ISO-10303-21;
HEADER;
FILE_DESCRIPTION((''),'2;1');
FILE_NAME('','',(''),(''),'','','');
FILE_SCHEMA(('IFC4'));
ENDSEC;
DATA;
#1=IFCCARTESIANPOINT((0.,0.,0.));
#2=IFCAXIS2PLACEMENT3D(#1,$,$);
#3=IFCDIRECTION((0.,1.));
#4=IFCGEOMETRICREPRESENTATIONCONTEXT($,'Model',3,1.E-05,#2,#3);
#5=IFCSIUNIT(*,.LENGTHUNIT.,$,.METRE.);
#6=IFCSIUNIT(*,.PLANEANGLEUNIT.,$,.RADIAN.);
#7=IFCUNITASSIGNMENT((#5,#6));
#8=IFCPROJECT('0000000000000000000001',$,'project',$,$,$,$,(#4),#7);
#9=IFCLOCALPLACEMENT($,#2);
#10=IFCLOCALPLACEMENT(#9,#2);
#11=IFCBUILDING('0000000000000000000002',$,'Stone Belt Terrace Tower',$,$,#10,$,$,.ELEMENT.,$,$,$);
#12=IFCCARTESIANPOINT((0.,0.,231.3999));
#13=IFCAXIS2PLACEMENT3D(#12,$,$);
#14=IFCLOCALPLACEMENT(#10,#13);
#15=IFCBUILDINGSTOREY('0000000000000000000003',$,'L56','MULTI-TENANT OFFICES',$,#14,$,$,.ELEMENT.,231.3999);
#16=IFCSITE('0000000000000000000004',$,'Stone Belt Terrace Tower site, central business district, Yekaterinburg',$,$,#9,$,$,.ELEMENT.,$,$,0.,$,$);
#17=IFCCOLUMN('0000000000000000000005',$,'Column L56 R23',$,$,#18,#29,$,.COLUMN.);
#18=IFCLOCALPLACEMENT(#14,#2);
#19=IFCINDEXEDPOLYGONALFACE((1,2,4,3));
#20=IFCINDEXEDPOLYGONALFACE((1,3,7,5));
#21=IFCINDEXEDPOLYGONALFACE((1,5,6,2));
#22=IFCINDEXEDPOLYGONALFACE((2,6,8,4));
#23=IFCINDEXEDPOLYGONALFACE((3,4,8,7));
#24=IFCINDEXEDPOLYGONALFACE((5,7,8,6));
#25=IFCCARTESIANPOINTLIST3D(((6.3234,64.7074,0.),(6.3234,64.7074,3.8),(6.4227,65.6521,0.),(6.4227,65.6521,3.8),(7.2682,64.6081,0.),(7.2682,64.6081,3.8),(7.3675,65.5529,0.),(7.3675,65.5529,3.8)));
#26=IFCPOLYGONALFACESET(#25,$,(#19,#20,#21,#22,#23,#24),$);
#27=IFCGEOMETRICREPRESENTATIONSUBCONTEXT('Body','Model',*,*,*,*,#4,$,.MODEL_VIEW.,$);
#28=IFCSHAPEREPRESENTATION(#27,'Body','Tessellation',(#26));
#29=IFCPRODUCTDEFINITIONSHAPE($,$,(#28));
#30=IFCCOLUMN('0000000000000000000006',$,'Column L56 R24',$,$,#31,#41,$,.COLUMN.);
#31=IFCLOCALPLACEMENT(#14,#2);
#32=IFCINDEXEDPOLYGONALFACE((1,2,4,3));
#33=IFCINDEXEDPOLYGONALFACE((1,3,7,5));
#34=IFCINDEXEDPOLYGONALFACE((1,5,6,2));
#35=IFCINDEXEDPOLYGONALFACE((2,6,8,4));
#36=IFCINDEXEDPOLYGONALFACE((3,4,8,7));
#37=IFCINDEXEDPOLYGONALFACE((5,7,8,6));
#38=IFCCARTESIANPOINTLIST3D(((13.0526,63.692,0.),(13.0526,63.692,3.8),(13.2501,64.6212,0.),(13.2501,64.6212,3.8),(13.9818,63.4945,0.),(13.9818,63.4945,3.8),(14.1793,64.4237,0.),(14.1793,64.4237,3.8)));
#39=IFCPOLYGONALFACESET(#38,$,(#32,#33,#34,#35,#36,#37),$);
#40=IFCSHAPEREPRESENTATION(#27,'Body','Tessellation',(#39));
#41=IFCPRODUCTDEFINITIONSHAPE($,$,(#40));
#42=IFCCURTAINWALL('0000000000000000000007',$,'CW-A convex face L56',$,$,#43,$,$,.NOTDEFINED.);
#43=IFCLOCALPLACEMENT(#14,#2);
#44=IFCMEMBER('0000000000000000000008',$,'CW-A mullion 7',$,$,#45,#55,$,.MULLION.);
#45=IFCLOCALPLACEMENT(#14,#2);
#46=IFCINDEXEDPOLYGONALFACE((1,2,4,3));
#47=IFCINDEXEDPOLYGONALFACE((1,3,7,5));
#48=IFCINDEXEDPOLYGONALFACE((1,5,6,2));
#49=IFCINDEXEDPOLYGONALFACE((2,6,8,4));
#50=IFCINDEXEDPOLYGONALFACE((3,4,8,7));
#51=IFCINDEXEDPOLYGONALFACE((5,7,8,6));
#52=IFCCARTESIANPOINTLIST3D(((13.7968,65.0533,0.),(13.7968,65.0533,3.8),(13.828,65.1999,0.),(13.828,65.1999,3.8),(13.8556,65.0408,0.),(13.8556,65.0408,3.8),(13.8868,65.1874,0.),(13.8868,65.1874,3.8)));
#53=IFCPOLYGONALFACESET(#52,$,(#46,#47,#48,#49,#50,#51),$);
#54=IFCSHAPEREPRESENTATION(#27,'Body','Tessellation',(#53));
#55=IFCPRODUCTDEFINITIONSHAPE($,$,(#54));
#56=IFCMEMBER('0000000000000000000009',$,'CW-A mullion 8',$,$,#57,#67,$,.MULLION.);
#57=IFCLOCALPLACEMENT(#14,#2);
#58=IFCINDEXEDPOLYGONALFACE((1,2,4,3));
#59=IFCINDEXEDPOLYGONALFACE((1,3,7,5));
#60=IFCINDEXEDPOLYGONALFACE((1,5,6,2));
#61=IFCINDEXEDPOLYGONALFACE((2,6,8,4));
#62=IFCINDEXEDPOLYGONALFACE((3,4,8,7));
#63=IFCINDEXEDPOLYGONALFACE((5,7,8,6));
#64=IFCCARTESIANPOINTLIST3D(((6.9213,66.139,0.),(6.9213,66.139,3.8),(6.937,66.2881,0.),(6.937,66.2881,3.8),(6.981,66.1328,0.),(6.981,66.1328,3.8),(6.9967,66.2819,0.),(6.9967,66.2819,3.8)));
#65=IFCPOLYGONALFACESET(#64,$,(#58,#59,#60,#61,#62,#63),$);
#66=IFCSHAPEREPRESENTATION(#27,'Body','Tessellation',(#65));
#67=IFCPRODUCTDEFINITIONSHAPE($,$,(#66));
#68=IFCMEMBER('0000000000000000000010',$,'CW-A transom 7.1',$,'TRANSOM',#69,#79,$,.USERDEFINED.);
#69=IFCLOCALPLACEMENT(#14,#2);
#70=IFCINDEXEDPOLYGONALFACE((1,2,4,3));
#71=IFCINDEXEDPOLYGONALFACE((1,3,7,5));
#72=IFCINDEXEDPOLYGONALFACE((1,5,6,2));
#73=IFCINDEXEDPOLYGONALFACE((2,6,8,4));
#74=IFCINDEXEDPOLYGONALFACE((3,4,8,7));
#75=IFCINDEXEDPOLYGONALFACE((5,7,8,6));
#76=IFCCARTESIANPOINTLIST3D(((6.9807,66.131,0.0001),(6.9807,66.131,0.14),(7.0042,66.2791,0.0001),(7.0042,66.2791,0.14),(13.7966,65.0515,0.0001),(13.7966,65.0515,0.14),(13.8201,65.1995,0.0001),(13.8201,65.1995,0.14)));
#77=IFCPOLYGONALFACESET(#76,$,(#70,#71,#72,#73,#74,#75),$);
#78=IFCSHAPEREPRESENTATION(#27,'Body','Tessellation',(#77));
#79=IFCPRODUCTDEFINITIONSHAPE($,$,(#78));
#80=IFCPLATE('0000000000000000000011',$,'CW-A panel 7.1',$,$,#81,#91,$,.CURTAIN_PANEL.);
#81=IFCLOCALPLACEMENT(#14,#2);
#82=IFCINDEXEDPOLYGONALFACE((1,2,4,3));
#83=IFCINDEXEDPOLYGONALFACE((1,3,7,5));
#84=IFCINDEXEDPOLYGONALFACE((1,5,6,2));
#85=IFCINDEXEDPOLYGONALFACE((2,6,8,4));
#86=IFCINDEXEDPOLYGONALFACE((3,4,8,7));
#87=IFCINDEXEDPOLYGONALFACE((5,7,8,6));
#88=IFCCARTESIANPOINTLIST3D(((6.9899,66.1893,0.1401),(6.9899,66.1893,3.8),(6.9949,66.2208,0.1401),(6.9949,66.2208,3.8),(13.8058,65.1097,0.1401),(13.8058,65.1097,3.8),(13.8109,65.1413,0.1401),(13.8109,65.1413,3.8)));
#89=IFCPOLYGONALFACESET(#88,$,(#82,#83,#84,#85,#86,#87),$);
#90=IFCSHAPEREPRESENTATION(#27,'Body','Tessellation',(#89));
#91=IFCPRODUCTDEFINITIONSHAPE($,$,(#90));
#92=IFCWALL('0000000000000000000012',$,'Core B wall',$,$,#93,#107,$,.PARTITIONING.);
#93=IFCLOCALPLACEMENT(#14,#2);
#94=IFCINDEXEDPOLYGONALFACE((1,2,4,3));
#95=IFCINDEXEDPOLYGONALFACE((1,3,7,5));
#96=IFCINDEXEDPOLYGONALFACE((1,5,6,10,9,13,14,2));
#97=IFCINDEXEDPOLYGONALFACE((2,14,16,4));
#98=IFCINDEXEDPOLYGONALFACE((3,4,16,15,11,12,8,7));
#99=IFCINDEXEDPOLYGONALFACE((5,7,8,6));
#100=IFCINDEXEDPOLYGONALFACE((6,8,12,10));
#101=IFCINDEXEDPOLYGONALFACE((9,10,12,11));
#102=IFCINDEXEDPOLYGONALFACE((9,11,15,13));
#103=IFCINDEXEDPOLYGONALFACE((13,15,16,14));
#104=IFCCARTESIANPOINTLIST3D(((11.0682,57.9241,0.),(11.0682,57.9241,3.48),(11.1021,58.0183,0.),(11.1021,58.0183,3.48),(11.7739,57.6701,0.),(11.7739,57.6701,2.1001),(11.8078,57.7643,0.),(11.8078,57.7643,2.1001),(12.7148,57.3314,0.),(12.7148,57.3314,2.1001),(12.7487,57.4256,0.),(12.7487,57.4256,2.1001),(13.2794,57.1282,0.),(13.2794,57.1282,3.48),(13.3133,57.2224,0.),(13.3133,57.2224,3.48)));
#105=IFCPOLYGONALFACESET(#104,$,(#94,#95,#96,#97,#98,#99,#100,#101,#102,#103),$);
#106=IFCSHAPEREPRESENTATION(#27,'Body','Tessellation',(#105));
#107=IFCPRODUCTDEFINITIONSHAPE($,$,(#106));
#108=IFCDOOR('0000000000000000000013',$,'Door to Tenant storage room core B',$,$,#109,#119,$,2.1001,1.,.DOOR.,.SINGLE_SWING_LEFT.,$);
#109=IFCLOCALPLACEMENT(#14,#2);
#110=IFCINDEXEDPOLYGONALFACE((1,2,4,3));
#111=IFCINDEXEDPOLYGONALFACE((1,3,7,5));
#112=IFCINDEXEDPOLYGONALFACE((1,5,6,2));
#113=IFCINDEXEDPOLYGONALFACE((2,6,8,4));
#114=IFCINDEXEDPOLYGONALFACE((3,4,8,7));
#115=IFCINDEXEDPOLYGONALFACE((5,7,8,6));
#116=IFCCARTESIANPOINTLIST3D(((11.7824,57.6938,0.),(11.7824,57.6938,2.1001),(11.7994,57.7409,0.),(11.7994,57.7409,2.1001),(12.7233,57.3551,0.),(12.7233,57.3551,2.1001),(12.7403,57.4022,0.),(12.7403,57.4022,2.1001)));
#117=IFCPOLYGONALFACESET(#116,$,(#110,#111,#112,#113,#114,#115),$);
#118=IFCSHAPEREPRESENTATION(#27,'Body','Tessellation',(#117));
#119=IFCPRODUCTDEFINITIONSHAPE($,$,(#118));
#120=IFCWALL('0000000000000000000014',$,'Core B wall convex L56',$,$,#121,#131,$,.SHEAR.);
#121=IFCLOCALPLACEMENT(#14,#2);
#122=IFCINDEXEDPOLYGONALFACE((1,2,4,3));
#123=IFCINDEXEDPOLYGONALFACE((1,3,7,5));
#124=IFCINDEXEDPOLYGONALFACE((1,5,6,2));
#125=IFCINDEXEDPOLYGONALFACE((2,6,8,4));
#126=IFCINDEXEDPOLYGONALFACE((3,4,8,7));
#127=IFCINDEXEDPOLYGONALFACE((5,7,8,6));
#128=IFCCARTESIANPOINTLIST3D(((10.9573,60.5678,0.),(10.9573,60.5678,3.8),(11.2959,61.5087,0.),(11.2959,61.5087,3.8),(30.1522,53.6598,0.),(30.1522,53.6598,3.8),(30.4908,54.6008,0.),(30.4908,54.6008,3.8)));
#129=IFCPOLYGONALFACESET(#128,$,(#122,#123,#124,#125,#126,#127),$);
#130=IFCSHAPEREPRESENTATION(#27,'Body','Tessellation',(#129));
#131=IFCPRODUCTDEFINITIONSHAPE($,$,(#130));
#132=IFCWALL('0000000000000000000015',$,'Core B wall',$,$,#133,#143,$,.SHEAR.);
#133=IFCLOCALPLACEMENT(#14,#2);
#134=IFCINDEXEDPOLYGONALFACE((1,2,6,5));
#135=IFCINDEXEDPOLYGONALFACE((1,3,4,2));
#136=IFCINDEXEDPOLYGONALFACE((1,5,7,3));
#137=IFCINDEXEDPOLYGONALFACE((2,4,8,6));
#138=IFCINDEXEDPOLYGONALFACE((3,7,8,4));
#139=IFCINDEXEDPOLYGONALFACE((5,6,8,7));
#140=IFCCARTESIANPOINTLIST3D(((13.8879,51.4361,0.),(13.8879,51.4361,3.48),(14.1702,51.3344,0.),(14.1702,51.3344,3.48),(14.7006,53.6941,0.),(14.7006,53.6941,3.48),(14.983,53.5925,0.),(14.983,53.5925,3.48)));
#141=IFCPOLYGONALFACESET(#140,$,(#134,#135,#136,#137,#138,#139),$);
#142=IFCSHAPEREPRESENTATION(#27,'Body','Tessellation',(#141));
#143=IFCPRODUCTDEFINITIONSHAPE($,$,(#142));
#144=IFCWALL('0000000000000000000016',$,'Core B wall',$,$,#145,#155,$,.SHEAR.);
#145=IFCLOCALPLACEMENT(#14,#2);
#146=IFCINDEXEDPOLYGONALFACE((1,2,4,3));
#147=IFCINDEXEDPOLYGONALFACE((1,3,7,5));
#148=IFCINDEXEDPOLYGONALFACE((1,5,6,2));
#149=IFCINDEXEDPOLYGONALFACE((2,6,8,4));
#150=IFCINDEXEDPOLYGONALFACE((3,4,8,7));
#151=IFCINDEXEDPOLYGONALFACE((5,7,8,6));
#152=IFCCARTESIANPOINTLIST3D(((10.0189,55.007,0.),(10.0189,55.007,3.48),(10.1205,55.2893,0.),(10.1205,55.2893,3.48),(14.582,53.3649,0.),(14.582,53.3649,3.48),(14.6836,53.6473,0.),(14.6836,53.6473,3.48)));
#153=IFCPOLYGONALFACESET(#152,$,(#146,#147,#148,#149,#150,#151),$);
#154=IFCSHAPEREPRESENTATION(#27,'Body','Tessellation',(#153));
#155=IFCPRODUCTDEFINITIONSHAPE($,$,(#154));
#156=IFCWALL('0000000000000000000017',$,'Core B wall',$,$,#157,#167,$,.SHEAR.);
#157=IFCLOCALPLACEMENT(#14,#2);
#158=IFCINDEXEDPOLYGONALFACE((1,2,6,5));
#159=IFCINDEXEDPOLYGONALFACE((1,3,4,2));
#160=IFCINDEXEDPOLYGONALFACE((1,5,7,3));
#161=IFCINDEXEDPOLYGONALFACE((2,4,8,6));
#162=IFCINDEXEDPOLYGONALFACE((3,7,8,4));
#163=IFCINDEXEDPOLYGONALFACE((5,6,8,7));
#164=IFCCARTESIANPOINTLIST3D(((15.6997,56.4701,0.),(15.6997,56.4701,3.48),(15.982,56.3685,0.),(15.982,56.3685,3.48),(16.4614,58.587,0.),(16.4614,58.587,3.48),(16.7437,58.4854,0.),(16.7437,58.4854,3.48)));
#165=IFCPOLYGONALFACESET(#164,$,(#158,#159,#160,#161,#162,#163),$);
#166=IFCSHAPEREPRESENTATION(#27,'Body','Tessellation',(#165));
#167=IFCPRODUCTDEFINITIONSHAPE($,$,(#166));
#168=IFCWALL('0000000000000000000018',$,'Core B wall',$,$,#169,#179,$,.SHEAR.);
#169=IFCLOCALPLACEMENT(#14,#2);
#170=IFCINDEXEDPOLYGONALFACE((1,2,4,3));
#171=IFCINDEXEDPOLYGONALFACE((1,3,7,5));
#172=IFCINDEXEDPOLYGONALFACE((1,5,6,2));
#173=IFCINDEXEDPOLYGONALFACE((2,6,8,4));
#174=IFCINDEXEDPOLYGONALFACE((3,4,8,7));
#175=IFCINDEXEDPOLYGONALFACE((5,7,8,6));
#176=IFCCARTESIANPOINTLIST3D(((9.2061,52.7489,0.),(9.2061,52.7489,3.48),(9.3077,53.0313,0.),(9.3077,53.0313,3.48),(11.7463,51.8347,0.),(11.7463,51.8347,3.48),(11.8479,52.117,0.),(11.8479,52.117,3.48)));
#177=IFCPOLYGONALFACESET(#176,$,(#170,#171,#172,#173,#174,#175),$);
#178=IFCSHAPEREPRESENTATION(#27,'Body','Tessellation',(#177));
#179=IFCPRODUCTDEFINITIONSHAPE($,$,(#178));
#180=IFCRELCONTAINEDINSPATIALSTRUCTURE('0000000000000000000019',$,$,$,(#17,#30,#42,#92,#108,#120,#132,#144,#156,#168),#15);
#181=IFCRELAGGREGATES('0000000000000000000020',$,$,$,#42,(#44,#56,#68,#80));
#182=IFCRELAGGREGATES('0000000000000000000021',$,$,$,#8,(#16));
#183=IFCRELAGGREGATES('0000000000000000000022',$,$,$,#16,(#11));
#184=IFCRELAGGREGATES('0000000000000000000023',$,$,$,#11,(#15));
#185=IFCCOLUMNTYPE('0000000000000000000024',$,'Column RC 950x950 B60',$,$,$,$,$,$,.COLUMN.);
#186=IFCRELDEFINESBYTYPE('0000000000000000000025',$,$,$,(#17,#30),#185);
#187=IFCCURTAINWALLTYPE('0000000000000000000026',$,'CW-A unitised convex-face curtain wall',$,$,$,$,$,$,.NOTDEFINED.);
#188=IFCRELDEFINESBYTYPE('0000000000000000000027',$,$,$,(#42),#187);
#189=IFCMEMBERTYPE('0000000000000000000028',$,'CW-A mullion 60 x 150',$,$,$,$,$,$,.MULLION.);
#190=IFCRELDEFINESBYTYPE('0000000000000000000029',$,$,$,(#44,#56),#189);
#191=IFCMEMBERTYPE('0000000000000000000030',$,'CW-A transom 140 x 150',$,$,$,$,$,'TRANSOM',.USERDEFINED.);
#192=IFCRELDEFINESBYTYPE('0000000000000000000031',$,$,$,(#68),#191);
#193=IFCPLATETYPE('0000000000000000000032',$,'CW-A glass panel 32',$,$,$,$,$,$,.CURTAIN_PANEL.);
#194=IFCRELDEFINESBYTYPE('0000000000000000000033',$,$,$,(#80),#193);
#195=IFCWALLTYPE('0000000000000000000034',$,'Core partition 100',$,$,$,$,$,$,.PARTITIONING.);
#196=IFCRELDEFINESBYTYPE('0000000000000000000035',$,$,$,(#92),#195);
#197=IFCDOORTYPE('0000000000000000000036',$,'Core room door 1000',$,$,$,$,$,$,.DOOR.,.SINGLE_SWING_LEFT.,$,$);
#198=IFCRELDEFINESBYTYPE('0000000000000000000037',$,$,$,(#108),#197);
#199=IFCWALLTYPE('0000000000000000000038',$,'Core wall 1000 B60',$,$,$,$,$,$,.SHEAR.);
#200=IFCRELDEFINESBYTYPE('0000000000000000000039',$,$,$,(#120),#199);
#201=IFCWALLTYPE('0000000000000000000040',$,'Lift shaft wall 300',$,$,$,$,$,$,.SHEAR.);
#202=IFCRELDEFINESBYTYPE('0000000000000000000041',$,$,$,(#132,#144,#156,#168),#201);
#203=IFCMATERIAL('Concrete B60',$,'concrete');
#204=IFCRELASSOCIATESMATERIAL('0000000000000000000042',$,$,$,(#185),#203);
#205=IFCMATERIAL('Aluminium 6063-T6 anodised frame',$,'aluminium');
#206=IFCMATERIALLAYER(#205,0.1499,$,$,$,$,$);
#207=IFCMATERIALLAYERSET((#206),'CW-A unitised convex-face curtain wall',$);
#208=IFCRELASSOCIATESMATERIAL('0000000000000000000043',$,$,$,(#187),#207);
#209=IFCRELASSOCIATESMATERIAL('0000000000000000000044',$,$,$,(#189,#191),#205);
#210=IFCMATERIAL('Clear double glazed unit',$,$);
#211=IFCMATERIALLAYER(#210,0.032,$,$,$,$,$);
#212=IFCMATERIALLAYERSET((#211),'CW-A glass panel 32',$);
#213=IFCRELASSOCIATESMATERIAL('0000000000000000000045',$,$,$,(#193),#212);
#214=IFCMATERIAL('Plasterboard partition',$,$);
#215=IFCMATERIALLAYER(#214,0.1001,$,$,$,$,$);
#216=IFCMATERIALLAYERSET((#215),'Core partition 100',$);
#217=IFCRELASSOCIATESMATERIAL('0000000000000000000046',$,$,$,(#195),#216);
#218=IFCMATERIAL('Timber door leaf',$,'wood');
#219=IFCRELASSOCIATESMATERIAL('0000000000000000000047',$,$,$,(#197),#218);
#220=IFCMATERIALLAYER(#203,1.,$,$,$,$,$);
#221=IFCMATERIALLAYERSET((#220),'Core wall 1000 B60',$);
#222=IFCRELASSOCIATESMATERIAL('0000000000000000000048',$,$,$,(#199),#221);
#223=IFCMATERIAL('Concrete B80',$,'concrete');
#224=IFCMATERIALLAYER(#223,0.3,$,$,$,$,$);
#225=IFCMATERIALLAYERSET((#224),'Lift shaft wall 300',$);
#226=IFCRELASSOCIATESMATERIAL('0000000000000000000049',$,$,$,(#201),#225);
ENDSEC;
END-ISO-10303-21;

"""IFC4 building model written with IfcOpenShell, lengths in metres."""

from ifc_helpers import new_model, si_unit, direction, frame, frame_2d, origin, origin_2d, place, context, subcontext, project, spatial, rectangle, extrude, material, layer, layer_set, material_profile, profile_set, type_object, element, fill, aggregate, save


model = new_model("IFC4")

# Units and contexts
model_context = context("Model", 3, precision=1e-05, world=origin(), true_north=direction((0.0, 1.0)))
body_context = subcontext(model_context, "Body", "Model", "MODEL_VIEW")
ifc_project = project(units=[si_unit("LENGTHUNIT", "METRE"), si_unit("PLANEANGLEUNIT", "RADIAN")], contexts=[model_context])

# Site, building, storey
site_placement = place(None, origin())
site = spatial("IfcSite", under=ifc_project, at=site_placement, Name="Stone Belt Terrace Tower site, central business district, Yekaterinburg", CompositionType="ELEMENT", RefElevation=0.0)
building_placement = place(site_placement, origin())
building = spatial("IfcBuilding", under=site, at=building_placement, Name="Stone Belt Terrace Tower", CompositionType="ELEMENT")
storey_placement = place(building_placement, frame((0.0, 0.0, 231.3999)))
storey = spatial("IfcBuildingStorey", under=building, at=storey_placement, Name="L56", Description="MULTI-TENANT OFFICES", CompositionType="ELEMENT", Elevation=231.3999)

# Columns
ifc_material_1 = material(Name="Concrete B60", Category="concrete")
ifc_material_profile_1 = material_profile(ifc_material_1, rectangle(XDim=0.95, YDim=0.95, at=origin_2d()), Name="RC 950x950")
ifc_profile_set_1 = profile_set([ifc_material_profile_1], Name="Concrete B60")
column_type = type_object("IfcColumnType", Name="Column RC 950x950 B60", PredefinedType="COLUMN", material=ifc_profile_set_1)
for number, where, z_axis, x_axis, name in (
    (1, (6.8455, 65.1301, 0.0), (0.0, 0.0, 1.0), (0.994522, -0.104528, 0.0), "Column L56 R23"),
    (2, (13.616, 64.0579, 0.0), (0.0, 0.0, 1.0), (0.978148, -0.207912, 0.0), "Column L56 R24"),
):
    element("IfcColumn", number, at=place(storey_placement, frame(where, z_axis=z_axis, x_axis=x_axis)), inside=storey, type_object=column_type, Name=name, PredefinedType="COLUMN", context=body_context, shape_type="SweptSolid", body=[
        extrude(rectangle(XDim=0.95, YDim=0.95, at=origin_2d()), origin(), (0.0, 0.0, 1.0), 3.8),
    ])

# Curtain wall, members, plate
ifc_material_2 = material(Name="Aluminium 6063-T6 anodised frame", Category="aluminium")
ifc_layer_1 = layer(ifc_material_2, 0.1499)
ifc_layer_set_1 = layer_set([ifc_layer_1], Name="CW-A unitised convex-face curtain wall")
curtain_wall_type = type_object("IfcCurtainWallType", Name="CW-A unitised convex-face curtain wall", PredefinedType="NOTDEFINED", material=ifc_layer_set_1)
curtain_wall_placement = place(storey_placement, origin())
curtain_wall = element("IfcCurtainWall", 3, at=curtain_wall_placement, inside=storey, type_object=curtain_wall_type, Name="CW-A convex face L56", PredefinedType="NOTDEFINED")
ifc_material_profile_2 = material_profile(ifc_material_2, rectangle(XDim=0.1499, YDim=0.0601, at=origin_2d()), Name="Aluminium 6063-T6 60x150")
ifc_profile_set_2 = profile_set([ifc_material_profile_2], Name="Aluminium 6063-T6 anodised frame")
member_type_1 = type_object("IfcMemberType", Name="CW-A mullion 60 x 150", PredefinedType="MULLION", material=ifc_profile_set_2)
member_1_placement = place(storey_placement, frame((13.8418, 65.1204, 0.0), z_axis=(0.0, 0.0, 1.0), x_axis=(-0.207912, -0.978148, 0.0)))
member_1 = element("IfcMember", 4, at=member_1_placement, type_object=member_type_1, Name="CW-A mullion 7", PredefinedType="MULLION", context=body_context, shape_type="SweptSolid", body=[
    extrude(rectangle(XDim=0.1499, YDim=0.0601, at=origin_2d()), origin(), (0.0, 0.0, 1.0), 3.8),
])
member_2_placement = place(storey_placement, frame((6.959, 66.2104, 0.0), z_axis=(0.0, 0.0, 1.0), x_axis=(-0.104528, -0.994522, 0.0)))
member_2 = element("IfcMember", 5, at=member_2_placement, type_object=member_type_1, Name="CW-A mullion 8", PredefinedType="MULLION", context=body_context, shape_type="SweptSolid", body=[
    extrude(rectangle(XDim=0.1499, YDim=0.0601, at=origin_2d()), origin(), (0.0, 0.0, 1.0), 3.8),
])
ifc_material_profile_3 = material_profile(ifc_material_2, rectangle(XDim=0.1499, YDim=0.1399, at=origin_2d()), Name="Aluminium 6063-T6 150x140")
ifc_profile_set_3 = profile_set([ifc_material_profile_3], Name="Aluminium 6063-T6 anodised frame")
member_type_2 = type_object("IfcMemberType", Name="CW-A transom 140 x 150", ElementType="TRANSOM", PredefinedType="USERDEFINED", material=ifc_profile_set_3)
member_3_placement = place(storey_placement, frame((13.8083, 65.1255, 0.0701), z_axis=(-0.987687, 0.156442, 0.0), x_axis=(-0.156442, -0.987687, 0.0)))
member_3 = element("IfcMember", 6, at=member_3_placement, type_object=member_type_2, Name="CW-A transom 7.1", ObjectType="TRANSOM", PredefinedType="USERDEFINED", context=body_context, shape_type="SweptSolid", body=[
    extrude(rectangle(XDim=0.1499, YDim=0.1399, at=origin_2d()), origin(), (0.0, 0.0, 1.0), 6.9009),
])
ifc_material_3 = material(Name="Clear double glazed unit")
ifc_layer_2 = layer(ifc_material_3, 0.032)
ifc_layer_set_2 = layer_set([ifc_layer_2], Name="CW-A glass panel 32")
plate_type = type_object("IfcPlateType", Name="CW-A glass panel 32", PredefinedType="CURTAIN_PANEL", material=ifc_layer_set_2)
plate_placement = place(storey_placement, frame((10.4004, 65.6653, 0.1401), z_axis=(0.0, 0.0, 1.0), x_axis=(-0.987688, 0.156434, 0.0)))
plate = element("IfcPlate", 7, at=plate_placement, type_object=plate_type, Name="CW-A panel 7.1", PredefinedType="CURTAIN_PANEL", context=body_context, shape_type="SweptSolid", body=[
    extrude(rectangle(XDim=6.9009, YDim=0.032, at=origin_2d()), origin(), (0.0, 0.0, 1.0), 3.6599),
])
aggregate(curtain_wall, [member_1, member_2, member_3, plate])

# Wall, opening, door
ifc_material_4 = material(Name="Plasterboard partition")
ifc_layer_3 = layer(ifc_material_4, 0.1001)
ifc_layer_set_3 = layer_set([ifc_layer_3], Name="Core partition 100")
wall_type_1 = type_object("IfcWallType", Name="Core partition 100", PredefinedType="PARTITIONING", material=ifc_layer_set_3)
wall_1_placement = place(storey_placement, frame((13.2964, 57.1753, 0.0), z_axis=(0.0, 0.0, 1.0), x_axis=(-0.940905, 0.338672, 0.0)))
wall_1 = element("IfcWall", 8, at=wall_1_placement, inside=storey, type_object=wall_type_1, Name="Core B wall", PredefinedType="PARTITIONING", context=body_context, shape_type="SweptSolid", body=[
    extrude(rectangle(XDim=2.3501, YDim=0.1001, at=frame_2d((1.175, 0.0))), origin(), (0.0, 0.0, 1.0), 3.48),
])
opening_1_placement = place(wall_1_placement, frame((0.6001, 0.0, 0.0)))
opening_1 = element("IfcOpeningElement", 9, at=opening_1_placement, cuts=wall_1, PredefinedType="OPENING", context=body_context, shape_type="SweptSolid", body=[
    extrude(rectangle(XDim=1.0, YDim=2.1001, at=frame_2d((0.5, 1.05))), frame((0.0, 0.0601, 0.0), z_axis=(0.0, -1.0, 0.0), x_axis=(1.0, 0.0, 0.0)), (0.0, 0.0, 1.0), 0.1201),
])
ifc_material_5 = material(Name="Timber door leaf", Category="wood")
door_type_1 = type_object("IfcDoorType", Name="Core room door 1000", OperationType="SINGLE_SWING_LEFT", PredefinedType="DOOR", material=ifc_material_5)
door_1_placement = place(opening_1_placement, origin())
door_1 = element("IfcDoor", 10, at=door_1_placement, inside=storey, type_object=door_type_1, Name="Door to Tenant storage room core B", OperationType="SINGLE_SWING_LEFT", OverallHeight=2.1001, OverallWidth=1.0, PredefinedType="DOOR", context=body_context, shape_type="SweptSolid", body=[
    extrude(rectangle(XDim=1.0, YDim=2.1001, at=frame_2d((0.5, 1.05))), frame((0.0, 0.0249, 0.0), z_axis=(0.0, -1.0, 0.0), x_axis=(1.0, 0.0, 0.0)), (0.0, 0.0, 1.0), 0.05),
])
fill(opening_1, door_1)

# Walls
ifc_layer_4 = layer(ifc_material_1, 1.0)
ifc_layer_set_4 = layer_set([ifc_layer_4], Name="Core wall 1000 B60")
wall_type_2 = type_object("IfcWallType", Name="Core wall 1000 B60", PredefinedType="SHEAR", material=ifc_layer_set_4)
wall_2_placement = place(storey_placement, frame((11.1265, 61.0383, 0.0), z_axis=(0.0, 0.0, 1.0), x_axis=(0.940921, -0.338625, 0.0)))
element("IfcWall", 11, at=wall_2_placement, inside=storey, type_object=wall_type_2, Name="Core B wall convex L56", PredefinedType="SHEAR", context=body_context, shape_type="SweptSolid", body=[
    extrude(rectangle(XDim=20.4001, YDim=1.0, at=frame_2d((10.2002, 0.0))), origin(), (0.0, 0.0, 1.0), 3.8),
])
ifc_material_6 = material(Name="Concrete B80", Category="concrete")
ifc_layer_5 = layer(ifc_material_6, 0.3)
ifc_layer_set_5 = layer_set([ifc_layer_5], Name="Lift shaft wall 300")
wall_type_3 = type_object("IfcWallType", Name="Lift shaft wall 300", PredefinedType="SHEAR", material=ifc_layer_set_5)
wall_3_placement = place(storey_placement, frame((14.0291, 51.3853, 0.0), z_axis=(0.0, 0.0, 1.0), x_axis=(0.338662, 0.940908, 0.0)))
element("IfcWall", 12, at=wall_3_placement, inside=storey, type_object=wall_type_3, Name="Core B wall", PredefinedType="SHEAR", context=body_context, shape_type="SweptSolid", body=[
    extrude(rectangle(XDim=2.3999, YDim=0.3, at=frame_2d((1.2, 0.0))), origin(), (0.0, 0.0, 1.0), 3.48),
])
wall_4_placement = place(storey_placement, frame((14.6328, 53.5061, 0.0), z_axis=(0.0, 0.0, 1.0), x_axis=(-0.940932, 0.338596, 0.0)))
element("IfcWall", 13, at=wall_4_placement, inside=storey, type_object=wall_type_3, Name="Core B wall", PredefinedType="SHEAR", context=body_context, shape_type="SweptSolid", body=[
    extrude(rectangle(XDim=4.8496, YDim=0.3, at=frame_2d((2.4248, 0.0))), origin(), (0.0, 0.0, 1.0), 3.48),
])
wall_5_placement = place(storey_placement, frame((15.8408, 56.4192, 0.0), z_axis=(0.0, 0.0, 1.0), x_axis=(0.33857, 0.940941, 0.0)))
element("IfcWall", 14, at=wall_5_placement, inside=storey, type_object=wall_type_3, Name="Core B wall", PredefinedType="SHEAR", context=body_context, shape_type="SweptSolid", body=[
    extrude(rectangle(XDim=2.2498, YDim=0.3, at=frame_2d((1.125, 0.0))), origin(), (0.0, 0.0, 1.0), 3.48),
])
wall_6_placement = place(storey_placement, frame((11.7971, 51.9758, 0.0), z_axis=(0.0, 0.0, 1.0), x_axis=(-0.94091, 0.338655, 0.0)))
element("IfcWall", 15, at=wall_6_placement, inside=storey, type_object=wall_type_3, Name="Core B wall", PredefinedType="SHEAR", context=body_context, shape_type="SweptSolid", body=[
    extrude(rectangle(XDim=2.6997, YDim=0.3, at=frame_2d((1.3499, 0.0))), origin(), (0.0, 0.0, 1.0), 3.48),
])

save(model, "model.ifc")
